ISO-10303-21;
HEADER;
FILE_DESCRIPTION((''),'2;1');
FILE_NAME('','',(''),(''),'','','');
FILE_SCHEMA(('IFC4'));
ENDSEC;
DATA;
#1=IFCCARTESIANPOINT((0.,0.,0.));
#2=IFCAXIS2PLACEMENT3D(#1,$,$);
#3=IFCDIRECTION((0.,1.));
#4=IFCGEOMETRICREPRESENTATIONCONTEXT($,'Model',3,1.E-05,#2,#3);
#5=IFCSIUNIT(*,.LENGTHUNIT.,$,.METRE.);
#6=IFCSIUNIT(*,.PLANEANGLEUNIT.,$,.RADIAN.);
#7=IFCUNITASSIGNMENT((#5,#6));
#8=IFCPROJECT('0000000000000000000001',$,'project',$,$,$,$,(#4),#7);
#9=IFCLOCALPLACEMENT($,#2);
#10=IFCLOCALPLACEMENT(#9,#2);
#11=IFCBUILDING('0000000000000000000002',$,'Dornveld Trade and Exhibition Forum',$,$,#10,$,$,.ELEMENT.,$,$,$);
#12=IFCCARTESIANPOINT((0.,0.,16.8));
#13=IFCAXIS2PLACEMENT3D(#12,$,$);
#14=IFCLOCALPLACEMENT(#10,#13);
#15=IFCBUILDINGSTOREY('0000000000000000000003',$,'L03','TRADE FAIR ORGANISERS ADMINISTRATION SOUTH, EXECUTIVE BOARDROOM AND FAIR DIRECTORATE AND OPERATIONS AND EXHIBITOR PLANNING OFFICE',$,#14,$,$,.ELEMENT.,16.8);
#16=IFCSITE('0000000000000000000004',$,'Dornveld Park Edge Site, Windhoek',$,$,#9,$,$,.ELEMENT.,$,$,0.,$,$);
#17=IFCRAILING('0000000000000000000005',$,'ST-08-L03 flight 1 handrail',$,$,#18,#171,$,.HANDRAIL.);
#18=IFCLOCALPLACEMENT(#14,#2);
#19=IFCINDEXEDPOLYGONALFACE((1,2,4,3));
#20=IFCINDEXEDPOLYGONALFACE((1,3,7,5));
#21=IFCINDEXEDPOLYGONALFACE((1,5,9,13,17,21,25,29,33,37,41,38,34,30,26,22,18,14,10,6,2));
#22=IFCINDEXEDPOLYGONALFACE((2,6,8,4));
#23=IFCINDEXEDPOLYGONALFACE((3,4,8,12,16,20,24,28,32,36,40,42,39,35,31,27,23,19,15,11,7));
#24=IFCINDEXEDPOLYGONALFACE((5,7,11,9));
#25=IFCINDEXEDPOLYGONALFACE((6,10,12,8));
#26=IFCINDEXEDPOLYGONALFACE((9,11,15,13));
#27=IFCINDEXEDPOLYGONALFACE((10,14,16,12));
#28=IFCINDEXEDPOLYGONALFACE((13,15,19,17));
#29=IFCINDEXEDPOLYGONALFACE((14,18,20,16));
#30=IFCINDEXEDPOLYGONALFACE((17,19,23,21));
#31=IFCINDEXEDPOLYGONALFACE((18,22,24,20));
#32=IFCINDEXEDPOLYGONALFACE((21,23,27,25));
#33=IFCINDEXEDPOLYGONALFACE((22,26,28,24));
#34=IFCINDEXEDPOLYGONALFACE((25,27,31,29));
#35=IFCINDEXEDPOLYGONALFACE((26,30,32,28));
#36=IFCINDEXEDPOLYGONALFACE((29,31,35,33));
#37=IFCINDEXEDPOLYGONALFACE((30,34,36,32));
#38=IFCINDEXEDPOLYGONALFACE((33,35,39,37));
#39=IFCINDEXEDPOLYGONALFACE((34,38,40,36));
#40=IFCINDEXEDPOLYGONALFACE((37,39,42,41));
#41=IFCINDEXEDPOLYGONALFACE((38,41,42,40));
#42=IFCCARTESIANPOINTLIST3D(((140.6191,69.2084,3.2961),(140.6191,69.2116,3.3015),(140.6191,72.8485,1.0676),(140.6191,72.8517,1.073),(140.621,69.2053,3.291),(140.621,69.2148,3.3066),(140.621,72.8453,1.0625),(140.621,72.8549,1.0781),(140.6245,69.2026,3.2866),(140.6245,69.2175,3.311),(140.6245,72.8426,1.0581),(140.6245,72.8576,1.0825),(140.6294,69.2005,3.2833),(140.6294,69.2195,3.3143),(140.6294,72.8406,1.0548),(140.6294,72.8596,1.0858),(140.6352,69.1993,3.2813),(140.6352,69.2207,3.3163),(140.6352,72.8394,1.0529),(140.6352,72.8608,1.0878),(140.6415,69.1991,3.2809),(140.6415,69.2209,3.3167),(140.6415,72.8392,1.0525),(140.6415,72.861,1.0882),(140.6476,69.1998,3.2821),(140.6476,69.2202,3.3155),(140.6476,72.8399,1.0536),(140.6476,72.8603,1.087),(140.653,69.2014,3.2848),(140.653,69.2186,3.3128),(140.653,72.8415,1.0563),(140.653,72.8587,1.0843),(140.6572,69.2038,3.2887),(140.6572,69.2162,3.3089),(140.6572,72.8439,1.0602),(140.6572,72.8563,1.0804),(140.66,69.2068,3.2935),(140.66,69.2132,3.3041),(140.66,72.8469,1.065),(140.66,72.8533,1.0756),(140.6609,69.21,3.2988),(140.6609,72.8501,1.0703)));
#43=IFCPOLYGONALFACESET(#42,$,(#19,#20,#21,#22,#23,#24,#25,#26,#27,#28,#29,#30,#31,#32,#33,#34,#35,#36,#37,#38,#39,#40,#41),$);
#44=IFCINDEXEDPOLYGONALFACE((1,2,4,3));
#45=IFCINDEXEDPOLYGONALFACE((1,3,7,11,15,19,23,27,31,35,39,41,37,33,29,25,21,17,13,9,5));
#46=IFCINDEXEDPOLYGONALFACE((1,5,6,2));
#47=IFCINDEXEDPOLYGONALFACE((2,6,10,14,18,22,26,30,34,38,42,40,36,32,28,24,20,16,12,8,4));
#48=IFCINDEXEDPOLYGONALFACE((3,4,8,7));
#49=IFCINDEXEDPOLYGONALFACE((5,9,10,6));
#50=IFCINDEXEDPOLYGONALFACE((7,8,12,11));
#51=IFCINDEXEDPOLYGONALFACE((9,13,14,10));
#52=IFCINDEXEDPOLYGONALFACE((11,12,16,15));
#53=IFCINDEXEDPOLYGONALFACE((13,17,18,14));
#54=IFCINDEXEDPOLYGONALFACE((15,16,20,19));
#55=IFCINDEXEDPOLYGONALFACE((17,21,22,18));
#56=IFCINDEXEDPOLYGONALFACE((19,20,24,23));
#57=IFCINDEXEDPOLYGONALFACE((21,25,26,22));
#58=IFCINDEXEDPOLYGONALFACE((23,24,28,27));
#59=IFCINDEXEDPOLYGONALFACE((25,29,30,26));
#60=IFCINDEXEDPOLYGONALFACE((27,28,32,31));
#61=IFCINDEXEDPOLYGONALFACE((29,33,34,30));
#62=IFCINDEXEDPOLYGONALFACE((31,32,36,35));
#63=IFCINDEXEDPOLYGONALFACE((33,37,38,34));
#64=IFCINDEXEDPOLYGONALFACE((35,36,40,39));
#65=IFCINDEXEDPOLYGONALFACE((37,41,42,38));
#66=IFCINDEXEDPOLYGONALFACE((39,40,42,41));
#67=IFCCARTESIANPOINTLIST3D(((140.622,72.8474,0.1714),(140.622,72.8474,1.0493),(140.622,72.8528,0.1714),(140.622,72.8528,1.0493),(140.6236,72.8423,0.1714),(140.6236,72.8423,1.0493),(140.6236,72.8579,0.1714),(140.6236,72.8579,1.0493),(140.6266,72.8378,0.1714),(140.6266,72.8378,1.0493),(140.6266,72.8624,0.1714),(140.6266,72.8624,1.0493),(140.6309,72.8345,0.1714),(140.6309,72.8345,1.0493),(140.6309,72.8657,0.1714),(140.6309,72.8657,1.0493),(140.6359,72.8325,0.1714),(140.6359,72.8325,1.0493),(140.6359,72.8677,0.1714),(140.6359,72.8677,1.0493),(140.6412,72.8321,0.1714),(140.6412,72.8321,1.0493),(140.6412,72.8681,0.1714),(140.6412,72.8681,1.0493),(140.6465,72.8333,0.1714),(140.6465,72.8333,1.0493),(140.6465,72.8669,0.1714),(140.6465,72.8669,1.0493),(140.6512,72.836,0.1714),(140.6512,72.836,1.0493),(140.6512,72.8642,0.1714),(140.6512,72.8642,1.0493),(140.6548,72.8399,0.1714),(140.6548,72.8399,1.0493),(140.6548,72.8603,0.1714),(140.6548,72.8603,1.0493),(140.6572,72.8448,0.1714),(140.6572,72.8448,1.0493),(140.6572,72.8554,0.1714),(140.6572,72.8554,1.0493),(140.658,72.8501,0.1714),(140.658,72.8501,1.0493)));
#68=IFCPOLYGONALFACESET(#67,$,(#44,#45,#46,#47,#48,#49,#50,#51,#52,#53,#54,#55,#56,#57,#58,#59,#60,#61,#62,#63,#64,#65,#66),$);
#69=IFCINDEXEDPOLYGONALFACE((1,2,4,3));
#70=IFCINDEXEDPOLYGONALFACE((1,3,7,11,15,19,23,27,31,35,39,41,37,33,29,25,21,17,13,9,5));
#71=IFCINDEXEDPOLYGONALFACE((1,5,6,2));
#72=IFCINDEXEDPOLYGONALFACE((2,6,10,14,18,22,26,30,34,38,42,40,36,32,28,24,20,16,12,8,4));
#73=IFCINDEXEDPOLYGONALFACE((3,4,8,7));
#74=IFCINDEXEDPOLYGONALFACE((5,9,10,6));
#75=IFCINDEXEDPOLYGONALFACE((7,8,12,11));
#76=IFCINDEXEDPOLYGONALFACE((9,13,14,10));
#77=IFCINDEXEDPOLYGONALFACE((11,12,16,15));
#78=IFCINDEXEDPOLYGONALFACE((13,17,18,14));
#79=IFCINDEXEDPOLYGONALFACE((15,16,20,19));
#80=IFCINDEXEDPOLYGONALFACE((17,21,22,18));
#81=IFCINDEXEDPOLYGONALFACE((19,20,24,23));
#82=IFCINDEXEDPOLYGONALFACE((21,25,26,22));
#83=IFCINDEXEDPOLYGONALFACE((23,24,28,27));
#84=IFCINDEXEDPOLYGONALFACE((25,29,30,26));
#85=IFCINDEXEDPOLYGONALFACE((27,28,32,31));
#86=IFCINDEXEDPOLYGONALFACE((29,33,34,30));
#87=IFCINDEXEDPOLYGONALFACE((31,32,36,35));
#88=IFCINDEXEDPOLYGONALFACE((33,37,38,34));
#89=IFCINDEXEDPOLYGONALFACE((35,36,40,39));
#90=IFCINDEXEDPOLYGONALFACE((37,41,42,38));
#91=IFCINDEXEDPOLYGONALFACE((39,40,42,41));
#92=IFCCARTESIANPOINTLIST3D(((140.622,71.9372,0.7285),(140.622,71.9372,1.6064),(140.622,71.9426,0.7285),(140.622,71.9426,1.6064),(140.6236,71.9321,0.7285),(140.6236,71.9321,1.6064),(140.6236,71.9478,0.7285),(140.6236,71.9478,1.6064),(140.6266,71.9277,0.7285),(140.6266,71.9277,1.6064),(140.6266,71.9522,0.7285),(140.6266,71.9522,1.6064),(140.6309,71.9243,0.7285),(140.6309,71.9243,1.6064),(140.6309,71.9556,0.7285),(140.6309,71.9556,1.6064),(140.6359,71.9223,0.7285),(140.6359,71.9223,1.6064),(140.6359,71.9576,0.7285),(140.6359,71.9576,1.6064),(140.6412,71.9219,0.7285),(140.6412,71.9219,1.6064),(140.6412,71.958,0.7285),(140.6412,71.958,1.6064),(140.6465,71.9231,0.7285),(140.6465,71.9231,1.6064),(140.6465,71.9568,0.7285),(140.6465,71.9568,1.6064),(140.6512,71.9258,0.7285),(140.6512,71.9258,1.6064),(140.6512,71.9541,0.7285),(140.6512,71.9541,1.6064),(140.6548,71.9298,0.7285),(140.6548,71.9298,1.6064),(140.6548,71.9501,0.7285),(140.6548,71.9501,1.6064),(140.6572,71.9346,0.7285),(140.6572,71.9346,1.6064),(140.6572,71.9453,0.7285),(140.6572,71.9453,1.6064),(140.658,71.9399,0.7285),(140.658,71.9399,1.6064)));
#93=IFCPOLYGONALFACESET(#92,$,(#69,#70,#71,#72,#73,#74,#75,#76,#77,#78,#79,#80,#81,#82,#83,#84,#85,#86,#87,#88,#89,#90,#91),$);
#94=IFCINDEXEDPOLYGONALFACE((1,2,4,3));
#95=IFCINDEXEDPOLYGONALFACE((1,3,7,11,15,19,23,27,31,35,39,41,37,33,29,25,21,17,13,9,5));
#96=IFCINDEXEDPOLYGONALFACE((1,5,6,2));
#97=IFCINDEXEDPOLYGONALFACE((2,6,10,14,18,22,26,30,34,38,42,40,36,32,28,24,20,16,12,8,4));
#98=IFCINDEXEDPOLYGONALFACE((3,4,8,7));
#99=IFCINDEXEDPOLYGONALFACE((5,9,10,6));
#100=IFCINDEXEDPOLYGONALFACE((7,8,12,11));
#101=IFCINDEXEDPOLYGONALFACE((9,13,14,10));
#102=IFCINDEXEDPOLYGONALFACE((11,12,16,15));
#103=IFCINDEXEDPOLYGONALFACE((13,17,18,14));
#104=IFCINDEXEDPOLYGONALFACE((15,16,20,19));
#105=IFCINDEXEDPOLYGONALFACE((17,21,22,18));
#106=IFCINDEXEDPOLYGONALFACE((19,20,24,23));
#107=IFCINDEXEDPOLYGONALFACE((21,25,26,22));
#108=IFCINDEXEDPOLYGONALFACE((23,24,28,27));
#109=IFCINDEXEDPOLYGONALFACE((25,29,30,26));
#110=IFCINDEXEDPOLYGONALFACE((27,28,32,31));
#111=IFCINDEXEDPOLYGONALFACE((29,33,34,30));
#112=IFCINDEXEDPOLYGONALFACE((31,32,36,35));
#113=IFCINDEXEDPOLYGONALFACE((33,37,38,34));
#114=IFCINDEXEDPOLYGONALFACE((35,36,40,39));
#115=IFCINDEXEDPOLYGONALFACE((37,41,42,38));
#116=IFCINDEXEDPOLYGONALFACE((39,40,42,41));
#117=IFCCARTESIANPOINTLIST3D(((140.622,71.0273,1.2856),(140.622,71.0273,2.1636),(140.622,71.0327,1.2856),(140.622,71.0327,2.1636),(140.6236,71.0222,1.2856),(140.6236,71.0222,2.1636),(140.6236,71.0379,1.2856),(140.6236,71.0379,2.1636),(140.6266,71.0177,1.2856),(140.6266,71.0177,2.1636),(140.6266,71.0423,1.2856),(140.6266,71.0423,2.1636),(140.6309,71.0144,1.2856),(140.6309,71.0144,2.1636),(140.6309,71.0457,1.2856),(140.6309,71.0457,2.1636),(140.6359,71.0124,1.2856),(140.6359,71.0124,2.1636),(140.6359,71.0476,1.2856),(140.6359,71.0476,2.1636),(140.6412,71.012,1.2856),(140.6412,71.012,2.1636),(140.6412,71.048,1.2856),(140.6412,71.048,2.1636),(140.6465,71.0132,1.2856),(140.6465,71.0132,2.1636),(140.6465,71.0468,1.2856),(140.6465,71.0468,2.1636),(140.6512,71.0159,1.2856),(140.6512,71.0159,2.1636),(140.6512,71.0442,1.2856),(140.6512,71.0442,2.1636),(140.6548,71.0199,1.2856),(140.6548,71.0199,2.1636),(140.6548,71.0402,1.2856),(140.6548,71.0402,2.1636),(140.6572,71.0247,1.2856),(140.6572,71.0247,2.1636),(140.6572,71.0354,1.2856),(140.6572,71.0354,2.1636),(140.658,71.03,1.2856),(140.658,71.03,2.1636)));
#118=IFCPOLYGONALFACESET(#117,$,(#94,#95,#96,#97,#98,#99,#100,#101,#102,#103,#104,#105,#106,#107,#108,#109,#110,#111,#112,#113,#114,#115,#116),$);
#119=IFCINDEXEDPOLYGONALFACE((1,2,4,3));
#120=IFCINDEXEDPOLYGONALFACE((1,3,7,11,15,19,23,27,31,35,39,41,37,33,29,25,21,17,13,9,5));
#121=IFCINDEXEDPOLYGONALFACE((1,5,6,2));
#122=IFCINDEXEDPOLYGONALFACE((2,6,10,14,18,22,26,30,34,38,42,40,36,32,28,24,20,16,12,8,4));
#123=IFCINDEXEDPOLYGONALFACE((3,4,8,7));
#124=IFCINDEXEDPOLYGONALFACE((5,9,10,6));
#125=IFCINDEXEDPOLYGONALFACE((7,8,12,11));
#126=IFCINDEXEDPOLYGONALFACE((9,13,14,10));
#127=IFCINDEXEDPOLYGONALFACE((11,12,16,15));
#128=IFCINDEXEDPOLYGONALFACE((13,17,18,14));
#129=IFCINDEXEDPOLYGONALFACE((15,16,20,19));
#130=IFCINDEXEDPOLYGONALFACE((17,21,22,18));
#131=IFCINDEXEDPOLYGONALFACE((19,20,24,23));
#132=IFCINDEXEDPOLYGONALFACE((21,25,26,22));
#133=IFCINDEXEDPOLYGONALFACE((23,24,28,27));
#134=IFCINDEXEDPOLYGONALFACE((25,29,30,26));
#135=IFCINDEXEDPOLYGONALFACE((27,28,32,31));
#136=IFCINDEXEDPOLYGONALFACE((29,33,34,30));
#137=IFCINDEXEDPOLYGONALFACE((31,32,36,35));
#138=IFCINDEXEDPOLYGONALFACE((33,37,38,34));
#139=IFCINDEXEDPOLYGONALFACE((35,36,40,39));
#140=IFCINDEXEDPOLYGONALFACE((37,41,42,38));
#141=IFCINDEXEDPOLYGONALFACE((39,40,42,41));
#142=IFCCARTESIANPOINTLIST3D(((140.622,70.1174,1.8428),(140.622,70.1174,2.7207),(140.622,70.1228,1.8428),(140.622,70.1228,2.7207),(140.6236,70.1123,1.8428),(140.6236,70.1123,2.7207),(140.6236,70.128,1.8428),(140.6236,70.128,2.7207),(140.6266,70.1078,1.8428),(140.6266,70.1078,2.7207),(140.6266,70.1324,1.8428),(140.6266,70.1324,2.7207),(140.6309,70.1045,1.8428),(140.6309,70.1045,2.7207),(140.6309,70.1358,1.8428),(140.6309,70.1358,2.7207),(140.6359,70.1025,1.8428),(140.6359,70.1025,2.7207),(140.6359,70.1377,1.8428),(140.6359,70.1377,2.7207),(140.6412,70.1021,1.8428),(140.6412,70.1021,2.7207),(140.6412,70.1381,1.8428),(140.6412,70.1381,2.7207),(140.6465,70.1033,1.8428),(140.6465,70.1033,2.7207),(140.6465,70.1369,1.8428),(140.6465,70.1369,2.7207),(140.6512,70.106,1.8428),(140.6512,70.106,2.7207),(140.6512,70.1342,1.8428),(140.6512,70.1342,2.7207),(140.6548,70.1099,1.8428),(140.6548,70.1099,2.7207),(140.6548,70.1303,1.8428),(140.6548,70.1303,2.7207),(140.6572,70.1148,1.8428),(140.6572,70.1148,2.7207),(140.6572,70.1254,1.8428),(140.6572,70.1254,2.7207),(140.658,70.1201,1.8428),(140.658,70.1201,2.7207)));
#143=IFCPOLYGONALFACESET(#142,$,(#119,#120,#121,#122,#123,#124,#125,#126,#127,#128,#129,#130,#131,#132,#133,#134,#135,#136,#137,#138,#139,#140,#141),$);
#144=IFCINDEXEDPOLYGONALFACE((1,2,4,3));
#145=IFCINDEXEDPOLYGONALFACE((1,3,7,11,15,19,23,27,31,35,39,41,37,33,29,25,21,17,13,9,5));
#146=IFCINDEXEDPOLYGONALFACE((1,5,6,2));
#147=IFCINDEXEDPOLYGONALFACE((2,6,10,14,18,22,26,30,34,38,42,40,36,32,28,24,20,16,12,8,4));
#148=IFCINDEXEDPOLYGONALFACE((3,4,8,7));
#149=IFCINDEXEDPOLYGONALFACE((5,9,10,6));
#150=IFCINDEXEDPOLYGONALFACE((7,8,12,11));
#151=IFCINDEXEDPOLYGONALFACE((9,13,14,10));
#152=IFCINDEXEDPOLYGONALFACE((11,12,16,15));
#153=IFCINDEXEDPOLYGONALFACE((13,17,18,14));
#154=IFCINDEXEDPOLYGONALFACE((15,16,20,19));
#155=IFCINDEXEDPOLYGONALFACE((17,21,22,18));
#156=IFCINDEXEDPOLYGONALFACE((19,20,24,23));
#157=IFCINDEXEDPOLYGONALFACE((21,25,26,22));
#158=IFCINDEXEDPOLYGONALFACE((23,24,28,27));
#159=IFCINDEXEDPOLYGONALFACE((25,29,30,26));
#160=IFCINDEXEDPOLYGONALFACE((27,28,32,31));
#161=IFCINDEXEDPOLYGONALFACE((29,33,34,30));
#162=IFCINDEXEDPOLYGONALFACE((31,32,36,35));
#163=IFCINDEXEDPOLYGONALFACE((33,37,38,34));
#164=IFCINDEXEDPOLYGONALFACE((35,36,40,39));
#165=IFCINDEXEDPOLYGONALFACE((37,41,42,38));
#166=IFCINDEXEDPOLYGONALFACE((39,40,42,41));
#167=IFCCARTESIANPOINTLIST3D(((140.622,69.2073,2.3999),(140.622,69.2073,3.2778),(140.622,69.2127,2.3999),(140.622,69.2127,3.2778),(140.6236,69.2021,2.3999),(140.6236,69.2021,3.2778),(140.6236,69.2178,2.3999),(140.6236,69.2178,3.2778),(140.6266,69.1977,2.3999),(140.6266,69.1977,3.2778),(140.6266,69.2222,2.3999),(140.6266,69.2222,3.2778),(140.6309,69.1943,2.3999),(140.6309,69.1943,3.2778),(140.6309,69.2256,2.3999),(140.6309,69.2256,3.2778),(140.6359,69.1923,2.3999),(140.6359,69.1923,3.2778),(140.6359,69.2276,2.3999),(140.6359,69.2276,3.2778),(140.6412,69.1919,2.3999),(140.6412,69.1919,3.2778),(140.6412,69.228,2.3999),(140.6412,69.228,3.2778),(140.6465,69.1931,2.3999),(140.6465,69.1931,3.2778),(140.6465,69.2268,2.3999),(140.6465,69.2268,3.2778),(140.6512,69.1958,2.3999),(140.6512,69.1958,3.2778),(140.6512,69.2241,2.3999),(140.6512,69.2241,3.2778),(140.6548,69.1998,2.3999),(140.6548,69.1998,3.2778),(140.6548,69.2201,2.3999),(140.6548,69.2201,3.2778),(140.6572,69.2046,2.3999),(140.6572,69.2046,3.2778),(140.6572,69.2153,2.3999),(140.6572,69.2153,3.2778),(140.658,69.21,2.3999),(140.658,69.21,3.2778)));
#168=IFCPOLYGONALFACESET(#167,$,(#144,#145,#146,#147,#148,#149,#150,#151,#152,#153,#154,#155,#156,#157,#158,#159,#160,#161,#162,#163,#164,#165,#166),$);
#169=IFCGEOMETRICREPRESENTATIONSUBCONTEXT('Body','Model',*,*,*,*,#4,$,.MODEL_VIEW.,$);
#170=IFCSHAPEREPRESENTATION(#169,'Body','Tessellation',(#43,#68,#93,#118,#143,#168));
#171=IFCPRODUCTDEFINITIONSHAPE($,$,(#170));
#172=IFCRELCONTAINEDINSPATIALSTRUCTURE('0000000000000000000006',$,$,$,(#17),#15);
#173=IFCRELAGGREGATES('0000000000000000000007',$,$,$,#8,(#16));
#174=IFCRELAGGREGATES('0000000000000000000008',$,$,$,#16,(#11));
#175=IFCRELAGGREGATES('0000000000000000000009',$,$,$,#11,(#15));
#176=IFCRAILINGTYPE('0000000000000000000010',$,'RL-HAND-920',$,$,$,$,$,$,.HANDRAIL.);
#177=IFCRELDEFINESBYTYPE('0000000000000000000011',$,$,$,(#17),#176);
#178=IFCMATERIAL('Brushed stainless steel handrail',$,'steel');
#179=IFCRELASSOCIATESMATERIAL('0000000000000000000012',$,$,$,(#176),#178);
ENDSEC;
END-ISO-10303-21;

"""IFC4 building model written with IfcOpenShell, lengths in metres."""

from ifc_helpers import new_model, si_unit, direction, frame, origin, origin_2d, place, context, subcontext, project, spatial, circle, extrude, material, type_object, element, save


model = new_model("IFC4")

# Units and contexts
model_context = context("Model", 3, precision=1e-05, world=origin(), true_north=direction((0.0, 1.0)))
body_context = subcontext(model_context, "Body", "Model", "MODEL_VIEW")
ifc_project = project(units=[si_unit("LENGTHUNIT", "METRE"), si_unit("PLANEANGLEUNIT", "RADIAN")], contexts=[model_context])

# Site, building, storey
site_placement = place(None, origin())
site = spatial("IfcSite", under=ifc_project, at=site_placement, Name="Dornveld Park Edge Site, Windhoek", CompositionType="ELEMENT", RefElevation=0.0)
building_placement = place(site_placement, origin())
building = spatial("IfcBuilding", under=site, at=building_placement, Name="Dornveld Trade and Exhibition Forum", CompositionType="ELEMENT")
storey_placement = place(building_placement, frame((0.0, 0.0, 16.8)))
storey = spatial("IfcBuildingStorey", under=building, at=storey_placement, Name="L03", Description="TRADE FAIR ORGANISERS ADMINISTRATION SOUTH, EXECUTIVE BOARDROOM AND FAIR DIRECTORATE AND OPERATIONS AND EXHIBITOR PLANNING OFFICE", CompositionType="ELEMENT", Elevation=16.8)

# Railing
ifc_material_1 = material(Name="Brushed stainless steel handrail", Category="steel")
railing_type_1 = type_object("IfcRailingType", Name="RL-HAND-920", PredefinedType="HANDRAIL", material=ifc_material_1)
railing_1_placement = place(storey_placement, frame((140.6399, 72.8501, 0.1714)))
element("IfcRailing", 1, at=railing_1_placement, inside=storey, type_object=railing_type_1, Name="ST-08-L03 flight 1 handrail", PredefinedType="HANDRAIL", context=body_context, shape_type="SweptSolid", body=[
    extrude(circle(Radius=0.021, at=origin_2d()), frame((0.0, 0.0, 0.8989), z_axis=(0.0, -0.852866, 0.52213), x_axis=(1.0, 0.0, 0.0)), (0.0, 0.0, 1.0), 4.2681),
    extrude(circle(Radius=0.0181, at=origin_2d()), origin(), (0.0, 0.0, 1.0), 0.8779),
    extrude(circle(Radius=0.0181, at=origin_2d()), frame((0.0, -0.9102, 0.5571)), (0.0, 0.0, 1.0), 0.8779),
    extrude(circle(Radius=0.0181, at=origin_2d()), frame((0.0, -1.8201, 1.1143)), (0.0, 0.0, 1.0), 0.8779),
    extrude(circle(Radius=0.0181, at=origin_2d()), frame((0.0, -2.73, 1.6714)), (0.0, 0.0, 1.0), 0.8779),
    extrude(circle(Radius=0.0181, at=origin_2d()), frame((0.0, -3.6401, 2.2285)), (0.0, 0.0, 1.0), 0.8779),
])

save(model, "model.ifc")
